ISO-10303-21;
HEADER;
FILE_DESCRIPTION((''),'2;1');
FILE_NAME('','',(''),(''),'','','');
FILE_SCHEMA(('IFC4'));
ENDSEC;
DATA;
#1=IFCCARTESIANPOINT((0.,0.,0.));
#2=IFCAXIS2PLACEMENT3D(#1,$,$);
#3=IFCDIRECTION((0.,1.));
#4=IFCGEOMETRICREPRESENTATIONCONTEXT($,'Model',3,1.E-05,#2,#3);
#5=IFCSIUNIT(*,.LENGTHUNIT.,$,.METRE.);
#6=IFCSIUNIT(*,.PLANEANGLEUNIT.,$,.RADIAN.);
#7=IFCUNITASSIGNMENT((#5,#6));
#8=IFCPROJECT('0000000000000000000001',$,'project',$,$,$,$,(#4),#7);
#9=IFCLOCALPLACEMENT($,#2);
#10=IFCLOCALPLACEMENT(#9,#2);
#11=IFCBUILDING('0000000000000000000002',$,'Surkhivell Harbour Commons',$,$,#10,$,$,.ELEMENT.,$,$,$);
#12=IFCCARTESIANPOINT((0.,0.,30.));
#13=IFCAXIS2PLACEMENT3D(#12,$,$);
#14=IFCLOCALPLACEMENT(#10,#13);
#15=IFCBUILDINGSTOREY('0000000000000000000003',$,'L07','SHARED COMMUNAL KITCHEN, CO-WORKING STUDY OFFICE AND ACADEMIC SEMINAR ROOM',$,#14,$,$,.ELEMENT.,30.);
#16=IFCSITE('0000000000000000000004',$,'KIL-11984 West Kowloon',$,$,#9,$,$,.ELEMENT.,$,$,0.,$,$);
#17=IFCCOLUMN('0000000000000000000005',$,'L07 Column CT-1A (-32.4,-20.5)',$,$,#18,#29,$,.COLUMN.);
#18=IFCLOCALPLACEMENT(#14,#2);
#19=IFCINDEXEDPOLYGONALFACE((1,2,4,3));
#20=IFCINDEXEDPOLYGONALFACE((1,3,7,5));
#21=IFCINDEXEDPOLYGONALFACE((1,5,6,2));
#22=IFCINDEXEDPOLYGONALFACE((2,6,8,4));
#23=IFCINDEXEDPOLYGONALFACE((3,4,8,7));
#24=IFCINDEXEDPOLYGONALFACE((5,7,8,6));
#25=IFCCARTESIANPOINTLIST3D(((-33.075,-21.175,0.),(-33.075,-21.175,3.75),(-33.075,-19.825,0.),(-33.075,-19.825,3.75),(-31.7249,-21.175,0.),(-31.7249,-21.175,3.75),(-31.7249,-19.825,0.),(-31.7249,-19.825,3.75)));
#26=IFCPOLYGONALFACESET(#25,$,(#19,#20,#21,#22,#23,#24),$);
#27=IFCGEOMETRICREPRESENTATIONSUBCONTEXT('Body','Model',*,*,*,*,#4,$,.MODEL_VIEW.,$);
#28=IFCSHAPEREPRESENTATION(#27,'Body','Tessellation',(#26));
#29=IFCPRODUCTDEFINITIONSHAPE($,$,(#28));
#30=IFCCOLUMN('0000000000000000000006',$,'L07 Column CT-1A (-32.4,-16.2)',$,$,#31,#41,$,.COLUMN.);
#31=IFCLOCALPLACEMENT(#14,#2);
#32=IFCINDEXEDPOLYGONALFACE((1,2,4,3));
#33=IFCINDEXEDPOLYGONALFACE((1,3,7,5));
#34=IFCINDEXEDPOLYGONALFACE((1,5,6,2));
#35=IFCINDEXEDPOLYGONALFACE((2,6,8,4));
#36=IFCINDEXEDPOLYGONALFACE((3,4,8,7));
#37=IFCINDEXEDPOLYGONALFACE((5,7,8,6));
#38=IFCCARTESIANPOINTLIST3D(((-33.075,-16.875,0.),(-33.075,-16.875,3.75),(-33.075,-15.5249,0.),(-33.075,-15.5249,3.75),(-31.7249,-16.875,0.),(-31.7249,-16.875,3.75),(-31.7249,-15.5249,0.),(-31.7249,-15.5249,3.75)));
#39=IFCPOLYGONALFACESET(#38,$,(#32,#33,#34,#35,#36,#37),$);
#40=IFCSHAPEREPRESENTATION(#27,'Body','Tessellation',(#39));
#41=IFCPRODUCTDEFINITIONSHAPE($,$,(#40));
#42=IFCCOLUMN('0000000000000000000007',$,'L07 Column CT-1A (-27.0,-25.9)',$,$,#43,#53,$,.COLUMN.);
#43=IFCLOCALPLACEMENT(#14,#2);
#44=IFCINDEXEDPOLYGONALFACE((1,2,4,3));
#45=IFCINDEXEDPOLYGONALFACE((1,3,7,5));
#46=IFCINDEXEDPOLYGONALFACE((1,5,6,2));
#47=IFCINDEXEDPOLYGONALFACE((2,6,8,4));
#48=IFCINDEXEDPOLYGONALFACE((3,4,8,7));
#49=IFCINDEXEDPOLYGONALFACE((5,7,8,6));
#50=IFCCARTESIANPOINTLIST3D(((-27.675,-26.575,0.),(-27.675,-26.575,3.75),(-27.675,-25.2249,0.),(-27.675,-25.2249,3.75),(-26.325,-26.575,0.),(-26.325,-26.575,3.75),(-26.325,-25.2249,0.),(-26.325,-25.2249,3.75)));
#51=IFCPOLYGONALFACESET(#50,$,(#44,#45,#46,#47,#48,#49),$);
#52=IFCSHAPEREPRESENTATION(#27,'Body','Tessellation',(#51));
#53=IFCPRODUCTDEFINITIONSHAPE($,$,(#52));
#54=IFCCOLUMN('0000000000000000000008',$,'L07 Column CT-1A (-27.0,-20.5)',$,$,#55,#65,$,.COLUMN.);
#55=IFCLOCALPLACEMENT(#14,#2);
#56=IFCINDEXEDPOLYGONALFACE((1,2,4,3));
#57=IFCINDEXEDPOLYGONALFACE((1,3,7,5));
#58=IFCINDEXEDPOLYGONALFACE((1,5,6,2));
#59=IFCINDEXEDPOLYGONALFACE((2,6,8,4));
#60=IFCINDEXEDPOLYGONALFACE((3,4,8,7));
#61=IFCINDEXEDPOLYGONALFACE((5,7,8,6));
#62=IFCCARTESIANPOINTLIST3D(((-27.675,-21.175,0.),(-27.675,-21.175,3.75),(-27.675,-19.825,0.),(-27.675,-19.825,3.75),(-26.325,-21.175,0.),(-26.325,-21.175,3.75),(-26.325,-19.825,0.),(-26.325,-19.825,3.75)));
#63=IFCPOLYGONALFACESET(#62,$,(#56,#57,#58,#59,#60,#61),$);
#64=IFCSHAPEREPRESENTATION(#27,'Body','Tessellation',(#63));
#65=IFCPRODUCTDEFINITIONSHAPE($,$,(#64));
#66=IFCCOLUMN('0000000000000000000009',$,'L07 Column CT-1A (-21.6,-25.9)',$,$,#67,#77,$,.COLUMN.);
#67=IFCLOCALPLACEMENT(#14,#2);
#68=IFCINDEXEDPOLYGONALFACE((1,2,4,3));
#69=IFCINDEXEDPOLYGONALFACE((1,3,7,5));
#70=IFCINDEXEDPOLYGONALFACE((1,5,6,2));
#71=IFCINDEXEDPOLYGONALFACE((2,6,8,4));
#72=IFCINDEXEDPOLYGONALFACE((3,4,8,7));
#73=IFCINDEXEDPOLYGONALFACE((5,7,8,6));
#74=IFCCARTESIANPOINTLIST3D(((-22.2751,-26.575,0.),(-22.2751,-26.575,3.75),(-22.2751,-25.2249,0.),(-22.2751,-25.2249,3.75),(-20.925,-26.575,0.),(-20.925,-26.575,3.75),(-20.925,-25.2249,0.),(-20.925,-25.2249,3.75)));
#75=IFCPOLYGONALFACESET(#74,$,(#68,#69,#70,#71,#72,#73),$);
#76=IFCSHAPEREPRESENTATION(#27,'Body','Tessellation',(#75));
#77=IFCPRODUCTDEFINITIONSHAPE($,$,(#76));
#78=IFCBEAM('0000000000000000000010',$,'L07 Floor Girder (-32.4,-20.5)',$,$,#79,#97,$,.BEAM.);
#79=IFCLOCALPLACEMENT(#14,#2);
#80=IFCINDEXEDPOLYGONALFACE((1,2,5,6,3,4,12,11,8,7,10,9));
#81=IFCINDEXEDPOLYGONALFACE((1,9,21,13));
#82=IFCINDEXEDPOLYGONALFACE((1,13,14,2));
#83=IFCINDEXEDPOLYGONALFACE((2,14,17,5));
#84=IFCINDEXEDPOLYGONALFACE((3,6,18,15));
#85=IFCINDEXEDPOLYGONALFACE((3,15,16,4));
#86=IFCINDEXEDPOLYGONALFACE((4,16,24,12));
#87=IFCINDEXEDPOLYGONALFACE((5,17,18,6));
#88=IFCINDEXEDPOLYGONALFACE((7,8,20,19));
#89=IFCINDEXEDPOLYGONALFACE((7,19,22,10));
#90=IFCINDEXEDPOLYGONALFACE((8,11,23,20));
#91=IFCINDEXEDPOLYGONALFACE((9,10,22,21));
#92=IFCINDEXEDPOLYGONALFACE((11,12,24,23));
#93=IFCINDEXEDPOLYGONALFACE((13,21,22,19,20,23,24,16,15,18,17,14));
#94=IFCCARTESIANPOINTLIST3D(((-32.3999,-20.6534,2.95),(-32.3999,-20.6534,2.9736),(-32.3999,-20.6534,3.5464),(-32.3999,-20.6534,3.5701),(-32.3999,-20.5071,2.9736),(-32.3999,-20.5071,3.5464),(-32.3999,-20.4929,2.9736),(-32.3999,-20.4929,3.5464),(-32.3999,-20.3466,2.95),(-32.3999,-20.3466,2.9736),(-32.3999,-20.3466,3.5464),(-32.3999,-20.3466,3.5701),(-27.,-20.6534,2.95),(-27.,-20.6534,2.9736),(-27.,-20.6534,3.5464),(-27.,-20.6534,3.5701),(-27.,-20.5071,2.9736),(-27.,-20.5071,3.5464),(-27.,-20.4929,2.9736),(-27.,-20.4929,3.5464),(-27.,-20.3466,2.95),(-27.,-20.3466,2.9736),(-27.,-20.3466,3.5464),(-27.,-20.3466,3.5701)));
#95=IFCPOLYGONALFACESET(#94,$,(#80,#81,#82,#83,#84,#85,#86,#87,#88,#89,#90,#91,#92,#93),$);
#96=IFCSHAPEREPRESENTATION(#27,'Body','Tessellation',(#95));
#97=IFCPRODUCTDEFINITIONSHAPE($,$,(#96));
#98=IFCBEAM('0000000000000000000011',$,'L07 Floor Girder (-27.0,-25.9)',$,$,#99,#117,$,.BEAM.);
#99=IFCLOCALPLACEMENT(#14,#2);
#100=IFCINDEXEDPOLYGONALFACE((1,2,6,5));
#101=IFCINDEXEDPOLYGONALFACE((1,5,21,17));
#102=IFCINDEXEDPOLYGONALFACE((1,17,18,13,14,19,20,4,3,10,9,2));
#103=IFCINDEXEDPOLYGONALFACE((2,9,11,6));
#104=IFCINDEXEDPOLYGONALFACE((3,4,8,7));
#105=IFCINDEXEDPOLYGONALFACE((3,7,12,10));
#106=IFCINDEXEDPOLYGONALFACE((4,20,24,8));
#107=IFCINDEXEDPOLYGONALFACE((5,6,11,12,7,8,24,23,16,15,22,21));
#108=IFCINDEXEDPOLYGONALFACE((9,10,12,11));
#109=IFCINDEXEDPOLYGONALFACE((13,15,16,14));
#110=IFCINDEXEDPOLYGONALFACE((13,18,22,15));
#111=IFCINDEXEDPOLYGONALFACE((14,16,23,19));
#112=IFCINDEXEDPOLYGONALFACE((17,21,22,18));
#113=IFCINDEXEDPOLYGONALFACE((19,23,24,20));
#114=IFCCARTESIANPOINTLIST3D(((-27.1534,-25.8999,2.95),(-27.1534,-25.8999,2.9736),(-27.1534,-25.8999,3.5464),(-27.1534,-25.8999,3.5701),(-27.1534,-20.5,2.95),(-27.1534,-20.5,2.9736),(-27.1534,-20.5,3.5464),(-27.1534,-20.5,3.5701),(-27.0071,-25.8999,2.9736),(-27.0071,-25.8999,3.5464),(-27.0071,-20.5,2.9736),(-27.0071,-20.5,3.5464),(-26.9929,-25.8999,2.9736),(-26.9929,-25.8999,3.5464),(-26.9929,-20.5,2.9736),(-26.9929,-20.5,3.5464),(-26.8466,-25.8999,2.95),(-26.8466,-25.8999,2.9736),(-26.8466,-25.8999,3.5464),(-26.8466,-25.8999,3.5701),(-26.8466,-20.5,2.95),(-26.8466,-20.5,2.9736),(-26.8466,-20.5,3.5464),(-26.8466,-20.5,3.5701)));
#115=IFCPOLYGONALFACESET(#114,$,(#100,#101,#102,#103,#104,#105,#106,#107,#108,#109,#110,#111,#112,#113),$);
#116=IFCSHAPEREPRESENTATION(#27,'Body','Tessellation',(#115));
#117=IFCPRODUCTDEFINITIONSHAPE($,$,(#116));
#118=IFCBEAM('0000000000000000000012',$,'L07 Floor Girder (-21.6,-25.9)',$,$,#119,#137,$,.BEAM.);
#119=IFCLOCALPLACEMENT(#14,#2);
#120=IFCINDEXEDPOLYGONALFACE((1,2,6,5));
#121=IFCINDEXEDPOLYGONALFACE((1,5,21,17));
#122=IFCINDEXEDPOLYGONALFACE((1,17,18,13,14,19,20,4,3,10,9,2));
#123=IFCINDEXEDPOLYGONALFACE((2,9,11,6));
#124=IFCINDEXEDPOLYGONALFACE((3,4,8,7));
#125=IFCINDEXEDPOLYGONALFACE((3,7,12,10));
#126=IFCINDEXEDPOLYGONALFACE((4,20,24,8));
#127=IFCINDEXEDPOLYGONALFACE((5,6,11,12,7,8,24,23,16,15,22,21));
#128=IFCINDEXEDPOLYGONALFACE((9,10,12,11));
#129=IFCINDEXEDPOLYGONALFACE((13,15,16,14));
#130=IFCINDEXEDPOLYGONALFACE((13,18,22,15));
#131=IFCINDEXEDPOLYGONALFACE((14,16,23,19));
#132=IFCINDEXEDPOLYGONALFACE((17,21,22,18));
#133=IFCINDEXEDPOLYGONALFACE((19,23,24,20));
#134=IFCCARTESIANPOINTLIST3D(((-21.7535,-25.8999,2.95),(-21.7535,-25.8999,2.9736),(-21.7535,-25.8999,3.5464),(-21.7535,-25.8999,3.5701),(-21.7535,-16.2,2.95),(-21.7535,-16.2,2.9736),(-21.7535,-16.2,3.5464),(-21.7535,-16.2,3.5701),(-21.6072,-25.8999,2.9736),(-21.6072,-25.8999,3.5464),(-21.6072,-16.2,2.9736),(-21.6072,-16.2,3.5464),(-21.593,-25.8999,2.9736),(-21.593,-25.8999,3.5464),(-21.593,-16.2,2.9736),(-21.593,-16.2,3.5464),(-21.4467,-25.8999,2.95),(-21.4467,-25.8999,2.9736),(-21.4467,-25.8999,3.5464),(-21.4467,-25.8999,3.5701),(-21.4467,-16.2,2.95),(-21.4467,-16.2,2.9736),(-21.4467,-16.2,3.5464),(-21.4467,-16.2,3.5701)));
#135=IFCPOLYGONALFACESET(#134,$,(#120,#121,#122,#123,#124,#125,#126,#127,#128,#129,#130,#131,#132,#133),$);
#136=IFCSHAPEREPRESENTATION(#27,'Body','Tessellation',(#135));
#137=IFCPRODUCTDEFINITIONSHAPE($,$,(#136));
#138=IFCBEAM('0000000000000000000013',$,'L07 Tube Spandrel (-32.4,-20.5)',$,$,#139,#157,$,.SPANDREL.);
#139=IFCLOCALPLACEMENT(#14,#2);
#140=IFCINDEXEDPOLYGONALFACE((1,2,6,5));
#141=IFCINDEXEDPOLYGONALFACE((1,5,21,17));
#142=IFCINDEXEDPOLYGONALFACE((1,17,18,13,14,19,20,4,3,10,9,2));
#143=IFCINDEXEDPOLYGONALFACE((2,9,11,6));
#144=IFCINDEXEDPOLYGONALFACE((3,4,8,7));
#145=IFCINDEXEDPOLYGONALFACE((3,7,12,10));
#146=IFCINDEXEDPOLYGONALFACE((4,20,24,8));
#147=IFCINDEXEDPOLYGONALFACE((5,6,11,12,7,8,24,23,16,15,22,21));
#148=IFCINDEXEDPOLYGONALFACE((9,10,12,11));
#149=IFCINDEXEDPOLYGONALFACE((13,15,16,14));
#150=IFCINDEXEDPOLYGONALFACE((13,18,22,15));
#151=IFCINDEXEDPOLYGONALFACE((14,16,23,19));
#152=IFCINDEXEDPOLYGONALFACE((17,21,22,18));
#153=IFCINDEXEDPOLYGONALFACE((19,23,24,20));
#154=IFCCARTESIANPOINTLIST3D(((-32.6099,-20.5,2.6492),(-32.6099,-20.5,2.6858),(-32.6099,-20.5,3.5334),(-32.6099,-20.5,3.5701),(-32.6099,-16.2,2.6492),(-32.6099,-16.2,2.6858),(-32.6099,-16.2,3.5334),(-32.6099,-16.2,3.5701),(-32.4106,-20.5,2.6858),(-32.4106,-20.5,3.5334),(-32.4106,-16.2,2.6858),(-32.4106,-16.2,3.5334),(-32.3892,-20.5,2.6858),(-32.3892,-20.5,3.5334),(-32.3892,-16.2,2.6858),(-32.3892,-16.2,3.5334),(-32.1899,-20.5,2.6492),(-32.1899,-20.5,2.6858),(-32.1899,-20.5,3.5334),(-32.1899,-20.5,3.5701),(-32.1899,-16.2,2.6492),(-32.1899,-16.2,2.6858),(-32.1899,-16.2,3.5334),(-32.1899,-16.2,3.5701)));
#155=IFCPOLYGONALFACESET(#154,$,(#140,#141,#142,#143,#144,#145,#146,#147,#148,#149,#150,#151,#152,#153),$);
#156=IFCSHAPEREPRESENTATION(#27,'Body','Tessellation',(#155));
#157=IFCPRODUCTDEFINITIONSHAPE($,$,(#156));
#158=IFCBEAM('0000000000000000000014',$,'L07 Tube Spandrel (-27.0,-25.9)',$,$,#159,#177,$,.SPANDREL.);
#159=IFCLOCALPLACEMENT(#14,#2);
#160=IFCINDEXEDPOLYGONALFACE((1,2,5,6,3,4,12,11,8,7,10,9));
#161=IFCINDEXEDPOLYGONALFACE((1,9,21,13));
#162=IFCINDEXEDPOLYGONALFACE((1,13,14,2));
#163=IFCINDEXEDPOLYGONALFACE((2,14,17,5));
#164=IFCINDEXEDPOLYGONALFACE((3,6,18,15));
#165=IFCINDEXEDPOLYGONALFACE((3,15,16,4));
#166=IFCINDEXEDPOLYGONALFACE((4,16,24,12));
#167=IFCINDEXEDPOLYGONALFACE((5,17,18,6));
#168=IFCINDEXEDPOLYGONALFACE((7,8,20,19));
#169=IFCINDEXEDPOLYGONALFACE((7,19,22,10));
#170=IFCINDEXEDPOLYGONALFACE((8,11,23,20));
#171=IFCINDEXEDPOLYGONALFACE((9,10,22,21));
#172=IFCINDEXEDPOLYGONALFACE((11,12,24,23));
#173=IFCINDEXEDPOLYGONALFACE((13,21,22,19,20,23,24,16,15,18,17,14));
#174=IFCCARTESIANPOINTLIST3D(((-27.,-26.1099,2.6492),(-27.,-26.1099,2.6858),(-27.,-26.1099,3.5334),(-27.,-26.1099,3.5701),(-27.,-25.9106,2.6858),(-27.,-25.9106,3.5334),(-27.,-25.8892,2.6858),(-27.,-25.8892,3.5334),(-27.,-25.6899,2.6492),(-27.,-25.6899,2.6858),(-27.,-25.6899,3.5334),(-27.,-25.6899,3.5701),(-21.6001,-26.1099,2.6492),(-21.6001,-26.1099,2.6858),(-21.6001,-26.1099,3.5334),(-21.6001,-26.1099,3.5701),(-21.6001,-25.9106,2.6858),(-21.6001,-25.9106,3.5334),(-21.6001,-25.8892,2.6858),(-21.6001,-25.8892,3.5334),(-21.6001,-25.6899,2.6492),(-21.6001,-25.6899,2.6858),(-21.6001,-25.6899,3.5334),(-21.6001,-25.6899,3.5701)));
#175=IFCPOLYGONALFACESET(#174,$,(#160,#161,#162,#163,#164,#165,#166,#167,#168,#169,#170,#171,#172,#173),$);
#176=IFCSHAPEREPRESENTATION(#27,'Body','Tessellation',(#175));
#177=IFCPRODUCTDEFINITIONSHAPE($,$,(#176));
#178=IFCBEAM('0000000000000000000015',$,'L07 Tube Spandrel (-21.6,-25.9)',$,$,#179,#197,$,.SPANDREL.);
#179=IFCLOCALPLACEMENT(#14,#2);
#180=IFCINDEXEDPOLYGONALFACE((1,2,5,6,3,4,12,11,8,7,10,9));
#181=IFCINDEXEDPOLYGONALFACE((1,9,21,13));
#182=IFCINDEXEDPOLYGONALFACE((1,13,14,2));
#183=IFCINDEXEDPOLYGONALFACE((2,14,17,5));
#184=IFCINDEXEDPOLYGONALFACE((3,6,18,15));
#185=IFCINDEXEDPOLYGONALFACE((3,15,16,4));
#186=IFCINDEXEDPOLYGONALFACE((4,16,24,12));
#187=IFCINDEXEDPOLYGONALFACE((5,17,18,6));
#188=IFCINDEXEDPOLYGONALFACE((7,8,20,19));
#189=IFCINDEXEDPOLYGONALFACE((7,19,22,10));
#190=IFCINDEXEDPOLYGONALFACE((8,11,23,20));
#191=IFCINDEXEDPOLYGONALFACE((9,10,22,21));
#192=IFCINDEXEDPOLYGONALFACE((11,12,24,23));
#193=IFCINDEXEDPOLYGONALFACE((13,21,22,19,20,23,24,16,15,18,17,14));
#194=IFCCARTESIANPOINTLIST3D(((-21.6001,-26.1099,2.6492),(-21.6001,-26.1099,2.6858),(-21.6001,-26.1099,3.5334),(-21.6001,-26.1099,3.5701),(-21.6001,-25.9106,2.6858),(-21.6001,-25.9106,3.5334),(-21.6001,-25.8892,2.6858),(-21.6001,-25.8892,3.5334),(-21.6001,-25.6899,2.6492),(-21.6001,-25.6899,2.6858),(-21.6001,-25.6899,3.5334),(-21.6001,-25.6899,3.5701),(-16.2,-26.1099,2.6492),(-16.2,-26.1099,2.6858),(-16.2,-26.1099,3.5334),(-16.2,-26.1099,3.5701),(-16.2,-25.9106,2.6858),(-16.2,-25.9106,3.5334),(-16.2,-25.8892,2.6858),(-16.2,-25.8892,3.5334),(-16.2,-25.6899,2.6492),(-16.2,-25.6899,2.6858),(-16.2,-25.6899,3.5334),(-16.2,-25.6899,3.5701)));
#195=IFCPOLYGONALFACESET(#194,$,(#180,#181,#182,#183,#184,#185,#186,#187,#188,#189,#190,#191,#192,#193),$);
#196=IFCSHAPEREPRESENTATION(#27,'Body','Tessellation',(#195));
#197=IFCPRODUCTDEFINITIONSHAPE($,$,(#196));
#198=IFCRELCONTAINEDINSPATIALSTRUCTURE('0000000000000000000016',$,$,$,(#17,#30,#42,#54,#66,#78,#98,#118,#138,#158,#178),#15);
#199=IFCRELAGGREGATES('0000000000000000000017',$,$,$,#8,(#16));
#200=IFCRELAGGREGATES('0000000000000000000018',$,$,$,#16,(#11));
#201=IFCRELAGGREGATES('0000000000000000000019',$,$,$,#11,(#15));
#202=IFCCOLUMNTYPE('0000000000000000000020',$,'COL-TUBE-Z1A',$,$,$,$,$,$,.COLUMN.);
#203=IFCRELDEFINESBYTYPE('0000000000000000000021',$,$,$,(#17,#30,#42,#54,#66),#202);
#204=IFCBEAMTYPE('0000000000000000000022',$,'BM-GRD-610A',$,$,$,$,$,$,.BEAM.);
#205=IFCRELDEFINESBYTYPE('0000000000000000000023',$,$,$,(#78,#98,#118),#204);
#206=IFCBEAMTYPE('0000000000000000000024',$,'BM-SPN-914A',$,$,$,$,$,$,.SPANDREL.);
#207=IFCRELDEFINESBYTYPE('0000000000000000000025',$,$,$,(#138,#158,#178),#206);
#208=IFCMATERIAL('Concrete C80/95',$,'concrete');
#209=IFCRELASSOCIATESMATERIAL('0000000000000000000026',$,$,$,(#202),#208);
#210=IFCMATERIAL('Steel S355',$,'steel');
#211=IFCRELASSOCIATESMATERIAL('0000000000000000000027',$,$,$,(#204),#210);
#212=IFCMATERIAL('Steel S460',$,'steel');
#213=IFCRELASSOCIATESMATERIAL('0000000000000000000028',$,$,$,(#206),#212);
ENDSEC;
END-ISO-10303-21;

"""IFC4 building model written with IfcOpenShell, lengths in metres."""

from ifc_helpers import new_model, si_unit, direction, frame, origin, origin_2d, place, context, subcontext, project, spatial, rectangle, i_section, extrude, material, material_profile, profile_set, type_object, element, save


model = new_model("IFC4")

# Units and contexts
model_context = context("Model", 3, precision=1e-05, world=origin(), true_north=direction((0.0, 1.0)))
body_context = subcontext(model_context, "Body", "Model", "MODEL_VIEW")
ifc_project = project(units=[si_unit("LENGTHUNIT", "METRE"), si_unit("PLANEANGLEUNIT", "RADIAN")], contexts=[model_context])

# Site, building, storey
site_placement = place(None, origin())
site = spatial("IfcSite", under=ifc_project, at=site_placement, Name="KIL-11984 West Kowloon", CompositionType="ELEMENT", RefElevation=0.0)
building_placement = place(site_placement, origin())
building = spatial("IfcBuilding", under=site, at=building_placement, Name="Surkhivell Harbour Commons", CompositionType="ELEMENT")
storey_placement = place(building_placement, frame((0.0, 0.0, 30.0)))
storey = spatial("IfcBuildingStorey", under=building, at=storey_placement, Name="L07", Description="SHARED COMMUNAL KITCHEN, CO-WORKING STUDY OFFICE AND ACADEMIC SEMINAR ROOM", CompositionType="ELEMENT", Elevation=30.0)

# Columns
ifc_material_1 = material(Name="Concrete C80/95", Category="concrete")
ifc_material_profile_1 = material_profile(ifc_material_1, rectangle(XDim=1.3501, YDim=1.3501, at=origin_2d()), Name="RC-COL-1350x1350")
ifc_profile_set_1 = profile_set([ifc_material_profile_1], Name="Concrete C80/95")
column_type = type_object("IfcColumnType", Name="COL-TUBE-Z1A", PredefinedType="COLUMN", material=ifc_profile_set_1)
for number, where, z_axis, x_axis, name in (
    (1, (-32.3999, -20.5, 0.0), (0.0, 0.0, 1.0), (1.0, 0.0, 0.0), "L07 Column CT-1A (-32.4,-20.5)"),
    (2, (-32.3999, -16.2, 0.0), (0.0, 0.0, 1.0), (1.0, 0.0, 0.0), "L07 Column CT-1A (-32.4,-16.2)"),
    (3, (-27.0, -25.8999, 0.0), (0.0, 0.0, 1.0), (1.0, 0.0, 0.0), "L07 Column CT-1A (-27.0,-25.9)"),
    (4, (-27.0, -20.5, 0.0), (0.0, 0.0, 1.0), (1.0, 0.0, 0.0), "L07 Column CT-1A (-27.0,-20.5)"),
    (5, (-21.6001, -25.8999, 0.0), (0.0, 0.0, 1.0), (1.0, 0.0, 0.0), "L07 Column CT-1A (-21.6,-25.9)"),
):
    element("IfcColumn", number, at=place(storey_placement, frame(where, z_axis=z_axis, x_axis=x_axis)), inside=storey, type_object=column_type, Name=name, PredefinedType="COLUMN", context=body_context, shape_type="SweptSolid", body=[
        extrude(rectangle(XDim=1.3501, YDim=1.3501, at=origin_2d()), origin(), (0.0, 0.0, 1.0), 3.75),
    ])

# Beams
ifc_material_2 = material(Name="Steel S355", Category="steel")
ifc_material_profile_2 = material_profile(ifc_material_2, i_section(OverallWidth=0.3069, OverallDepth=0.6201, WebThickness=0.0142, FlangeThickness=0.0237, at=origin_2d()), Name="UB610x305x179")
ifc_profile_set_2 = profile_set([ifc_material_profile_2], Name="Steel S355")
beam_type_1 = type_object("IfcBeamType", Name="BM-GRD-610A", PredefinedType="BEAM", material=ifc_profile_set_2)
for number, where, z_axis, x_axis, name in (
    (6, (-32.3999, -20.5, 3.26), (1.0, 0.0, 0.0), (0.0, 1.0, 0.0), "L07 Floor Girder (-32.4,-20.5)"),
    (7, (-27.0, -25.8999, 3.26), (0.0, 1.0, 0.0), (-1.0, 0.0, 0.0), "L07 Floor Girder (-27.0,-25.9)"),
):
    element("IfcBeam", number, at=place(storey_placement, frame(where, z_axis=z_axis, x_axis=x_axis)), inside=storey, type_object=beam_type_1, Name=name, PredefinedType="BEAM", context=body_context, shape_type="SweptSolid", body=[
        extrude(i_section(OverallWidth=0.3069, OverallDepth=0.6201, WebThickness=0.0142, FlangeThickness=0.0237, at=origin_2d()), origin(), (0.0, 0.0, 1.0), 5.3999),
    ])
beam_1_placement = place(storey_placement, frame((-21.6001, -25.8999, 3.26), z_axis=(0.0, 1.0, 0.0), x_axis=(-1.0, 0.0, 0.0)))
element("IfcBeam", 8, at=beam_1_placement, inside=storey, type_object=beam_type_1, Name="L07 Floor Girder (-21.6,-25.9)", PredefinedType="BEAM", context=body_context, shape_type="SweptSolid", body=[
    extrude(i_section(OverallWidth=0.3069, OverallDepth=0.6201, WebThickness=0.0142, FlangeThickness=0.0237, at=origin_2d()), origin(), (0.0, 0.0, 1.0), 9.7),
])
ifc_material_3 = material(Name="Steel S460", Category="steel")
ifc_material_profile_3 = material_profile(ifc_material_3, i_section(OverallWidth=0.4199, OverallDepth=0.9209, WebThickness=0.0215, FlangeThickness=0.0366, at=origin_2d()), Name="UB914x419x388")
ifc_profile_set_3 = profile_set([ifc_material_profile_3], Name="Steel S460")
beam_type_2 = type_object("IfcBeamType", Name="BM-SPN-914A", PredefinedType="SPANDREL", material=ifc_profile_set_3)
beam_2_placement = place(storey_placement, frame((-32.3999, -20.5, 3.1096), z_axis=(0.0, 1.0, 0.0), x_axis=(-1.0, 0.0, 0.0)))
element("IfcBeam", 9, at=beam_2_placement, inside=storey, type_object=beam_type_2, Name="L07 Tube Spandrel (-32.4,-20.5)", PredefinedType="SPANDREL", context=body_context, shape_type="SweptSolid", body=[
    extrude(i_section(OverallWidth=0.4199, OverallDepth=0.9209, WebThickness=0.0215, FlangeThickness=0.0366, at=origin_2d()), origin(), (0.0, 0.0, 1.0), 4.3),
])
beam_3_placement = place(storey_placement, frame((-27.0, -25.8999, 3.1096), z_axis=(1.0, 0.0, 0.0), x_axis=(0.0, 1.0, 0.0)))
element("IfcBeam", 10, at=beam_3_placement, inside=storey, type_object=beam_type_2, Name="L07 Tube Spandrel (-27.0,-25.9)", PredefinedType="SPANDREL", context=body_context, shape_type="SweptSolid", body=[
    extrude(i_section(OverallWidth=0.4199, OverallDepth=0.9209, WebThickness=0.0215, FlangeThickness=0.0366, at=origin_2d()), origin(), (0.0, 0.0, 1.0), 5.3999),
])
beam_4_placement = place(storey_placement, frame((-21.6001, -25.8999, 3.1096), z_axis=(1.0, 0.0, 0.0), x_axis=(0.0, 1.0, 0.0)))
element("IfcBeam", 11, at=beam_4_placement, inside=storey, type_object=beam_type_2, Name="L07 Tube Spandrel (-21.6,-25.9)", PredefinedType="SPANDREL", context=body_context, shape_type="SweptSolid", body=[
    extrude(i_section(OverallWidth=0.4199, OverallDepth=0.9209, WebThickness=0.0215, FlangeThickness=0.0366, at=origin_2d()), origin(), (0.0, 0.0, 1.0), 5.4001),
])

save(model, "model.ifc")
